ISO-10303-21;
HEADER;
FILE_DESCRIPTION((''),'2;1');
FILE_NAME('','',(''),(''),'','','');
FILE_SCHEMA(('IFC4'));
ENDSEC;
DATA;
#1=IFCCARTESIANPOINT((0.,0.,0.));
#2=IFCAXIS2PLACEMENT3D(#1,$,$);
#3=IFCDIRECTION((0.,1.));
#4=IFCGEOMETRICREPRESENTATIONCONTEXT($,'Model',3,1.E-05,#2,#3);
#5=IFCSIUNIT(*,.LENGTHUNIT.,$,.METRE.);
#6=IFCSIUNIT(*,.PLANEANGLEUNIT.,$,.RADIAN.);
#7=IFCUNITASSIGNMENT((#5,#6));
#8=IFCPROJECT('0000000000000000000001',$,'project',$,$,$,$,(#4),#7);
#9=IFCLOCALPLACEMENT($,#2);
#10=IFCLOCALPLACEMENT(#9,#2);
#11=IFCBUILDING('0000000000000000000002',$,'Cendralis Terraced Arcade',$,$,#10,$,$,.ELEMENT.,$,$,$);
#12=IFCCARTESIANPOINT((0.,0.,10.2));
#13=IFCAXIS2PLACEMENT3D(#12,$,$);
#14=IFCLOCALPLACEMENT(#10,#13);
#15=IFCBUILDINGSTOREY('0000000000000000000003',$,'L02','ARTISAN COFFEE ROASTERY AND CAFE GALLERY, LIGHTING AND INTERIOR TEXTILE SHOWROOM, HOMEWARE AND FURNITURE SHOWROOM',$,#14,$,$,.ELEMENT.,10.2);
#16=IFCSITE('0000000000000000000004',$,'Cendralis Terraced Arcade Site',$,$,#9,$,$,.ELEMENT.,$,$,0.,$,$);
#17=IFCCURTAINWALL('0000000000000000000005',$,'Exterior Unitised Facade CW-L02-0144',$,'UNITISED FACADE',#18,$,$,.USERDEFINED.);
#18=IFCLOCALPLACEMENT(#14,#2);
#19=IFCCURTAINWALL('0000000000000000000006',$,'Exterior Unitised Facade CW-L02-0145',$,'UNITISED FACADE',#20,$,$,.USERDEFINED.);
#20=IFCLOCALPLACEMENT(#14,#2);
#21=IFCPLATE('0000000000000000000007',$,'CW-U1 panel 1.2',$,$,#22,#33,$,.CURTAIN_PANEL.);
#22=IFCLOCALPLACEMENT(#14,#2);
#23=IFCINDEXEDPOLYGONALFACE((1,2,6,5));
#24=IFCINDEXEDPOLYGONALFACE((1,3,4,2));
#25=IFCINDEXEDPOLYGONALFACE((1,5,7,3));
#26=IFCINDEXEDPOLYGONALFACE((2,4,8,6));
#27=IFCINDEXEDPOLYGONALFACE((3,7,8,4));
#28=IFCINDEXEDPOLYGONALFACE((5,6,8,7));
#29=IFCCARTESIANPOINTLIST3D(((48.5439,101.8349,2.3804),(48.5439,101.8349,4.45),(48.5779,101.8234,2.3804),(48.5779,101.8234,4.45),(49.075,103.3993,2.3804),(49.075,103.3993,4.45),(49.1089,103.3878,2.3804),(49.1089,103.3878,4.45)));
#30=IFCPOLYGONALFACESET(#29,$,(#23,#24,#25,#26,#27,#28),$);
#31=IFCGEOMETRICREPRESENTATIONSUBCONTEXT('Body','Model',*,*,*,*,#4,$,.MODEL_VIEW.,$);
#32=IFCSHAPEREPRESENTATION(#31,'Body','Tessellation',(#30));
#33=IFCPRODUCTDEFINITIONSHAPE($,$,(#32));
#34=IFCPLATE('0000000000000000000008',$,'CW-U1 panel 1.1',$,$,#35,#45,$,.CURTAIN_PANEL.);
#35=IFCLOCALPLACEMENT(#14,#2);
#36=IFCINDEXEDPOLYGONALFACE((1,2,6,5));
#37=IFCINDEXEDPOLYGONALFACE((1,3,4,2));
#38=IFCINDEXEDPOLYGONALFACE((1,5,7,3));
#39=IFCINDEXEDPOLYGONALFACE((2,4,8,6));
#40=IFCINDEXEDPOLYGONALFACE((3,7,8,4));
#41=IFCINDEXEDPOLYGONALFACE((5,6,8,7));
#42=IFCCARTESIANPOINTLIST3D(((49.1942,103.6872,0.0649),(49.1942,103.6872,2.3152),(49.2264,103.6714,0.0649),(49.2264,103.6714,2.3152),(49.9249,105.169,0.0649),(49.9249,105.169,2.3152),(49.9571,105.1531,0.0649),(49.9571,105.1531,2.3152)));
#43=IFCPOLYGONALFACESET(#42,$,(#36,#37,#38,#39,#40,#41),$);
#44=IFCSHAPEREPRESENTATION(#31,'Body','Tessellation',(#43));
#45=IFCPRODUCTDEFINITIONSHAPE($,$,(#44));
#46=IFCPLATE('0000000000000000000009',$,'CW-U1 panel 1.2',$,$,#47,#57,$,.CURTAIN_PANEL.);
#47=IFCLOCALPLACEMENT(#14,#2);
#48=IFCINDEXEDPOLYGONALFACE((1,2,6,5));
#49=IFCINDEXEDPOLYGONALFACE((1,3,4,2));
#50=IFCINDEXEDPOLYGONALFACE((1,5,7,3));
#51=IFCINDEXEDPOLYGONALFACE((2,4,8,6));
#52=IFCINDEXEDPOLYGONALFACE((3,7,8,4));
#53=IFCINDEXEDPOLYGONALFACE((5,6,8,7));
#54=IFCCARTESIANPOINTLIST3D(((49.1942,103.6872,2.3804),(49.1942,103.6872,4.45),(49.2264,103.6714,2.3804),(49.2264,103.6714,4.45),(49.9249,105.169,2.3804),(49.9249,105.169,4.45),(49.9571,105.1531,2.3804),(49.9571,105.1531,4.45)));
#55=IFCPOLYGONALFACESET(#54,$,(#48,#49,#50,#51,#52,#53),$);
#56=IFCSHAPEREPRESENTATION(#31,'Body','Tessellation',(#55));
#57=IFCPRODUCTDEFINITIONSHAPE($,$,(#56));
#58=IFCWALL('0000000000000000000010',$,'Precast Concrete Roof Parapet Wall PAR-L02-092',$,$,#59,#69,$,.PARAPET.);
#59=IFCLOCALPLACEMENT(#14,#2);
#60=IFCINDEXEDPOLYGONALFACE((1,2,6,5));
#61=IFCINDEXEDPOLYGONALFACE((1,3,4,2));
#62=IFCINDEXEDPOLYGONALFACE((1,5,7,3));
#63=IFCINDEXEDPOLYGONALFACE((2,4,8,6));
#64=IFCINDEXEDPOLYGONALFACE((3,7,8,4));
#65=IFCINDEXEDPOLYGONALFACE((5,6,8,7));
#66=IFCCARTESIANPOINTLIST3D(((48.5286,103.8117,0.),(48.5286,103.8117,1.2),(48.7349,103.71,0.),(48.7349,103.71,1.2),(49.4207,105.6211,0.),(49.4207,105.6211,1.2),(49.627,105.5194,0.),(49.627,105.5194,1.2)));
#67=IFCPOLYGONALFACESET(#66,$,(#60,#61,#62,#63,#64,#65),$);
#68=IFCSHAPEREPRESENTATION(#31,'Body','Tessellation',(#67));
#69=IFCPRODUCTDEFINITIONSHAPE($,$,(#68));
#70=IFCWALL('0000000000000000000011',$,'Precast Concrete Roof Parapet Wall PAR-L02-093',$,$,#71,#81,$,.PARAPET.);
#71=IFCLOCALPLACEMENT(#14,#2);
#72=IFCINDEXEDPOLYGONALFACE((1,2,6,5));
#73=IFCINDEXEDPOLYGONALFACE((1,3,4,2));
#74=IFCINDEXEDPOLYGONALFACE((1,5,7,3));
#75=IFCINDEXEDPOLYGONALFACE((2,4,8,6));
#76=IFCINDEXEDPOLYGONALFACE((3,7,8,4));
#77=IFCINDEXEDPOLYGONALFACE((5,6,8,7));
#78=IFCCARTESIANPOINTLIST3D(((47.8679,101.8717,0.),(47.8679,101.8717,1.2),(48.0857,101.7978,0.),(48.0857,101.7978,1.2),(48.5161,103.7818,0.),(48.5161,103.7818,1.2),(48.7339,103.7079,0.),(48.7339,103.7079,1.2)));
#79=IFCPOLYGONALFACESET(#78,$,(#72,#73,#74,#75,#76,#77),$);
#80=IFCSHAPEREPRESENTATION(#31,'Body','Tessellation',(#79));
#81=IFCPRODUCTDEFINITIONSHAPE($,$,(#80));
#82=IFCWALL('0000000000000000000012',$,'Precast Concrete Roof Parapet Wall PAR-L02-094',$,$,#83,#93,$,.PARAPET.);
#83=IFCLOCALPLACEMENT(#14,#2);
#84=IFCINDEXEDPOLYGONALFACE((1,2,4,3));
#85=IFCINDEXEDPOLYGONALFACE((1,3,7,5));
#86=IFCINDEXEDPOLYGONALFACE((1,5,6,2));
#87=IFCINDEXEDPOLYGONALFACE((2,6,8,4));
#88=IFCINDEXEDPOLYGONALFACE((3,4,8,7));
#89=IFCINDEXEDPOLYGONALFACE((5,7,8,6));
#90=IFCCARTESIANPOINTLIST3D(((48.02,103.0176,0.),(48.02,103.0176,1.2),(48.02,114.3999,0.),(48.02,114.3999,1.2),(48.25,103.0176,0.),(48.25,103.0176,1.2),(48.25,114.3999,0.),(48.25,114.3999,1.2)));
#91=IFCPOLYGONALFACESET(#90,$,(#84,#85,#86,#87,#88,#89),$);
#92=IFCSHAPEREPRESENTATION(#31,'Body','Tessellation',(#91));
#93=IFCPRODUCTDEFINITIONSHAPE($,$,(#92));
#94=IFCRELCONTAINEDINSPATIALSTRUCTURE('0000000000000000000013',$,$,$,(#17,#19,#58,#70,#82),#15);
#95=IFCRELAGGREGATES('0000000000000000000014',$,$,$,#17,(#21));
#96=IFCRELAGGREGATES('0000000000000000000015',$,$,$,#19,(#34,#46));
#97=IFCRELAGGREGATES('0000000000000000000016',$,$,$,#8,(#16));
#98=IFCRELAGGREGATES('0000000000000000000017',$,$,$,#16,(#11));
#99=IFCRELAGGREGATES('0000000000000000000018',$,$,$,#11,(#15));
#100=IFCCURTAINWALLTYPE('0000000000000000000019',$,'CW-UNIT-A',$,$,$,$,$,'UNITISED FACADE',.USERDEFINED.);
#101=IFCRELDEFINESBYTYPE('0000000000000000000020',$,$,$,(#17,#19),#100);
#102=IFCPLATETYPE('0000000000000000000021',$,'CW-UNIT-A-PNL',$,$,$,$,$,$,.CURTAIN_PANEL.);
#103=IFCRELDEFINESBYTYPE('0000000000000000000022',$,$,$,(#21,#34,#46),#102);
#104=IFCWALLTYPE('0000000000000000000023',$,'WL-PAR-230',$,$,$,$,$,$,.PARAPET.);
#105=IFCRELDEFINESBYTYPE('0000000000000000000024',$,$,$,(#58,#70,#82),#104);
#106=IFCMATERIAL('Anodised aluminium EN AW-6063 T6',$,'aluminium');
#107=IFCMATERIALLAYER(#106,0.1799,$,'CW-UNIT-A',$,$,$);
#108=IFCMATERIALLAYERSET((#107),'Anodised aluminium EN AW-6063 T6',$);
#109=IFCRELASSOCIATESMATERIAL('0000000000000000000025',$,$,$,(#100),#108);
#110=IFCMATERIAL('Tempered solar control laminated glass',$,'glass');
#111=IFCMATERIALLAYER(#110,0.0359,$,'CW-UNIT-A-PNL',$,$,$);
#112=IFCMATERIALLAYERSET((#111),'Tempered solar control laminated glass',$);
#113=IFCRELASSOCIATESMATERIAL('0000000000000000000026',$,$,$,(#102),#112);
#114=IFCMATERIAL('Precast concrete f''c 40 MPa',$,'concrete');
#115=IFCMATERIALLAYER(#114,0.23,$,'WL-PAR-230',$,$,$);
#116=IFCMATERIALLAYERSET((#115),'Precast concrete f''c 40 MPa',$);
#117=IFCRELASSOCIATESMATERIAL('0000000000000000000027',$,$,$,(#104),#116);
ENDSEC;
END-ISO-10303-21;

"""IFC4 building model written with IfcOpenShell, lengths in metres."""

from ifc_helpers import new_model, si_unit, direction, frame, frame_2d, origin, origin_2d, place, context, subcontext, project, spatial, rectangle, extrude, material, layer, layer_set, type_object, element, aggregate, save


model = new_model("IFC4")

# Units and contexts
model_context = context("Model", 3, precision=1e-05, world=origin(), true_north=direction((0.0, 1.0)))
body_context = subcontext(model_context, "Body", "Model", "MODEL_VIEW")
ifc_project = project(units=[si_unit("LENGTHUNIT", "METRE"), si_unit("PLANEANGLEUNIT", "RADIAN")], contexts=[model_context])

# Site, building, storey
site_placement = place(None, origin())
site = spatial("IfcSite", under=ifc_project, at=site_placement, Name="Cendralis Terraced Arcade Site", CompositionType="ELEMENT", RefElevation=0.0)
building_placement = place(site_placement, origin())
building = spatial("IfcBuilding", under=site, at=building_placement, Name="Cendralis Terraced Arcade", CompositionType="ELEMENT")
storey_placement = place(building_placement, frame((0.0, 0.0, 10.2)))
storey = spatial("IfcBuildingStorey", under=building, at=storey_placement, Name="L02", Description="ARTISAN COFFEE ROASTERY AND CAFE GALLERY, LIGHTING AND INTERIOR TEXTILE SHOWROOM, HOMEWARE AND FURNITURE SHOWROOM", CompositionType="ELEMENT", Elevation=10.2)

# Curtain wall
ifc_material_1 = material(Name="Anodised aluminium EN AW-6063 T6", Category="aluminium")
ifc_layer_1 = layer(ifc_material_1, 0.1799, Name="CW-UNIT-A")
ifc_layer_set_1 = layer_set([ifc_layer_1], Name="Anodised aluminium EN AW-6063 T6")
curtain_wall_type = type_object("IfcCurtainWallType", Name="CW-UNIT-A", ElementType="UNITISED FACADE", PredefinedType="USERDEFINED", material=ifc_layer_set_1)
curtain_wall_1_placement = place(storey_placement, origin())
curtain_wall_1 = element("IfcCurtainWall", 1, at=curtain_wall_1_placement, inside=storey, type_object=curtain_wall_type, Name="Exterior Unitised Facade CW-L02-0144", ObjectType="UNITISED FACADE", PredefinedType="USERDEFINED")

# Curtain wall
curtain_wall_2_placement = place(storey_placement, origin())
curtain_wall_2 = element("IfcCurtainWall", 2, at=curtain_wall_2_placement, inside=storey, type_object=curtain_wall_type, Name="Exterior Unitised Facade CW-L02-0145", ObjectType="UNITISED FACADE", PredefinedType="USERDEFINED")

# Plates
ifc_material_2 = material(Name="Tempered solar control laminated glass", Category="glass")
ifc_layer_2 = layer(ifc_material_2, 0.0359, Name="CW-UNIT-A-PNL")
ifc_layer_set_2 = layer_set([ifc_layer_2], Name="Tempered solar control laminated glass")
plate_type = type_object("IfcPlateType", Name="CW-UNIT-A-PNL", PredefinedType="CURTAIN_PANEL", material=ifc_layer_set_2)
plate_1_placement = place(storey_placement, frame((48.8264, 102.6113, 2.3804), z_axis=(0.0, 0.0, 1.0), x_axis=(0.321458, 0.946924, 0.0)))
plate_1 = element("IfcPlate", 3, at=plate_1_placement, type_object=plate_type, Name="CW-U1 panel 1.2", PredefinedType="CURTAIN_PANEL", context=body_context, shape_type="SweptSolid", body=[
    extrude(rectangle(XDim=1.6521, YDim=0.0359, at=origin_2d()), origin(), (0.0, 0.0, 1.0), 2.0696),
])
aggregate(curtain_wall_1, [plate_1])
plate_2_placement = place(storey_placement, frame((49.5757, 104.4202, 0.0649), z_axis=(0.0, 0.0, 1.0), x_axis=(0.442291, 0.896871, 0.0)))
plate_2 = element("IfcPlate", 4, at=plate_2_placement, type_object=plate_type, Name="CW-U1 panel 1.1", PredefinedType="CURTAIN_PANEL", context=body_context, shape_type="SweptSolid", body=[
    extrude(rectangle(XDim=1.6521, YDim=0.0359, at=origin_2d()), origin(), (0.0, 0.0, 1.0), 2.2502),
])
plate_3_placement = place(storey_placement, frame((49.5757, 104.4202, 2.3804), z_axis=(0.0, 0.0, 1.0), x_axis=(0.442291, 0.896871, 0.0)))
plate_3 = element("IfcPlate", 5, at=plate_3_placement, type_object=plate_type, Name="CW-U1 panel 1.2", PredefinedType="CURTAIN_PANEL", context=body_context, shape_type="SweptSolid", body=[
    extrude(rectangle(XDim=1.6521, YDim=0.0359, at=origin_2d()), origin(), (0.0, 0.0, 1.0), 2.0696),
])
aggregate(curtain_wall_2, [plate_2, plate_3])

# Walls
ifc_material_3 = material(Name="Precast concrete f'c 40 MPa", Category="concrete")
ifc_layer_3 = layer(ifc_material_3, 0.23, Name="WL-PAR-230")
ifc_layer_set_3 = layer_set([ifc_layer_3], Name="Precast concrete f'c 40 MPa")
wall_type = type_object("IfcWallType", Name="WL-PAR-230", PredefinedType="PARAPET", material=ifc_layer_set_3)
wall_1_placement = place(storey_placement, frame((49.5239, 105.5703, 0.0), z_axis=(0.0, 0.0, 1.0), x_axis=(-0.44222, -0.896906, 0.0)))
element("IfcWall", 6, at=wall_1_placement, inside=storey, type_object=wall_type, Name="Precast Concrete Roof Parapet Wall PAR-L02-092", PredefinedType="PARAPET", context=body_context, shape_type="SweptSolid", body=[
    extrude(rectangle(XDim=2.0173, YDim=0.23, at=frame_2d((1.0088, 0.0))), origin(), (0.0, 0.0, 1.0), 1.2),
])
wall_2_placement = place(storey_placement, frame((48.625, 103.7449, 0.0), z_axis=(0.0, 0.0, 1.0), x_axis=(-0.321343, -0.946963, 0.0)))
element("IfcWall", 7, at=wall_2_placement, inside=storey, type_object=wall_type, Name="Precast Concrete Roof Parapet Wall PAR-L02-093", PredefinedType="PARAPET", context=body_context, shape_type="SweptSolid", body=[
    extrude(rectangle(XDim=2.0171, YDim=0.23, at=frame_2d((1.0085, 0.0))), origin(), (0.0, 0.0, 1.0), 1.2),
])
wall_3_placement = place(storey_placement, frame((48.135, 103.0176, 0.0), z_axis=(0.0, 0.0, 1.0), x_axis=(0.0, 1.0, 0.0)))
element("IfcWall", 8, at=wall_3_placement, inside=storey, type_object=wall_type, Name="Precast Concrete Roof Parapet Wall PAR-L02-094", PredefinedType="PARAPET", context=body_context, shape_type="SweptSolid", body=[
    extrude(rectangle(XDim=11.3823, YDim=0.23, at=frame_2d((5.6912, 0.0))), origin(), (0.0, 0.0, 1.0), 1.2),
])

save(model, "model.ifc")
